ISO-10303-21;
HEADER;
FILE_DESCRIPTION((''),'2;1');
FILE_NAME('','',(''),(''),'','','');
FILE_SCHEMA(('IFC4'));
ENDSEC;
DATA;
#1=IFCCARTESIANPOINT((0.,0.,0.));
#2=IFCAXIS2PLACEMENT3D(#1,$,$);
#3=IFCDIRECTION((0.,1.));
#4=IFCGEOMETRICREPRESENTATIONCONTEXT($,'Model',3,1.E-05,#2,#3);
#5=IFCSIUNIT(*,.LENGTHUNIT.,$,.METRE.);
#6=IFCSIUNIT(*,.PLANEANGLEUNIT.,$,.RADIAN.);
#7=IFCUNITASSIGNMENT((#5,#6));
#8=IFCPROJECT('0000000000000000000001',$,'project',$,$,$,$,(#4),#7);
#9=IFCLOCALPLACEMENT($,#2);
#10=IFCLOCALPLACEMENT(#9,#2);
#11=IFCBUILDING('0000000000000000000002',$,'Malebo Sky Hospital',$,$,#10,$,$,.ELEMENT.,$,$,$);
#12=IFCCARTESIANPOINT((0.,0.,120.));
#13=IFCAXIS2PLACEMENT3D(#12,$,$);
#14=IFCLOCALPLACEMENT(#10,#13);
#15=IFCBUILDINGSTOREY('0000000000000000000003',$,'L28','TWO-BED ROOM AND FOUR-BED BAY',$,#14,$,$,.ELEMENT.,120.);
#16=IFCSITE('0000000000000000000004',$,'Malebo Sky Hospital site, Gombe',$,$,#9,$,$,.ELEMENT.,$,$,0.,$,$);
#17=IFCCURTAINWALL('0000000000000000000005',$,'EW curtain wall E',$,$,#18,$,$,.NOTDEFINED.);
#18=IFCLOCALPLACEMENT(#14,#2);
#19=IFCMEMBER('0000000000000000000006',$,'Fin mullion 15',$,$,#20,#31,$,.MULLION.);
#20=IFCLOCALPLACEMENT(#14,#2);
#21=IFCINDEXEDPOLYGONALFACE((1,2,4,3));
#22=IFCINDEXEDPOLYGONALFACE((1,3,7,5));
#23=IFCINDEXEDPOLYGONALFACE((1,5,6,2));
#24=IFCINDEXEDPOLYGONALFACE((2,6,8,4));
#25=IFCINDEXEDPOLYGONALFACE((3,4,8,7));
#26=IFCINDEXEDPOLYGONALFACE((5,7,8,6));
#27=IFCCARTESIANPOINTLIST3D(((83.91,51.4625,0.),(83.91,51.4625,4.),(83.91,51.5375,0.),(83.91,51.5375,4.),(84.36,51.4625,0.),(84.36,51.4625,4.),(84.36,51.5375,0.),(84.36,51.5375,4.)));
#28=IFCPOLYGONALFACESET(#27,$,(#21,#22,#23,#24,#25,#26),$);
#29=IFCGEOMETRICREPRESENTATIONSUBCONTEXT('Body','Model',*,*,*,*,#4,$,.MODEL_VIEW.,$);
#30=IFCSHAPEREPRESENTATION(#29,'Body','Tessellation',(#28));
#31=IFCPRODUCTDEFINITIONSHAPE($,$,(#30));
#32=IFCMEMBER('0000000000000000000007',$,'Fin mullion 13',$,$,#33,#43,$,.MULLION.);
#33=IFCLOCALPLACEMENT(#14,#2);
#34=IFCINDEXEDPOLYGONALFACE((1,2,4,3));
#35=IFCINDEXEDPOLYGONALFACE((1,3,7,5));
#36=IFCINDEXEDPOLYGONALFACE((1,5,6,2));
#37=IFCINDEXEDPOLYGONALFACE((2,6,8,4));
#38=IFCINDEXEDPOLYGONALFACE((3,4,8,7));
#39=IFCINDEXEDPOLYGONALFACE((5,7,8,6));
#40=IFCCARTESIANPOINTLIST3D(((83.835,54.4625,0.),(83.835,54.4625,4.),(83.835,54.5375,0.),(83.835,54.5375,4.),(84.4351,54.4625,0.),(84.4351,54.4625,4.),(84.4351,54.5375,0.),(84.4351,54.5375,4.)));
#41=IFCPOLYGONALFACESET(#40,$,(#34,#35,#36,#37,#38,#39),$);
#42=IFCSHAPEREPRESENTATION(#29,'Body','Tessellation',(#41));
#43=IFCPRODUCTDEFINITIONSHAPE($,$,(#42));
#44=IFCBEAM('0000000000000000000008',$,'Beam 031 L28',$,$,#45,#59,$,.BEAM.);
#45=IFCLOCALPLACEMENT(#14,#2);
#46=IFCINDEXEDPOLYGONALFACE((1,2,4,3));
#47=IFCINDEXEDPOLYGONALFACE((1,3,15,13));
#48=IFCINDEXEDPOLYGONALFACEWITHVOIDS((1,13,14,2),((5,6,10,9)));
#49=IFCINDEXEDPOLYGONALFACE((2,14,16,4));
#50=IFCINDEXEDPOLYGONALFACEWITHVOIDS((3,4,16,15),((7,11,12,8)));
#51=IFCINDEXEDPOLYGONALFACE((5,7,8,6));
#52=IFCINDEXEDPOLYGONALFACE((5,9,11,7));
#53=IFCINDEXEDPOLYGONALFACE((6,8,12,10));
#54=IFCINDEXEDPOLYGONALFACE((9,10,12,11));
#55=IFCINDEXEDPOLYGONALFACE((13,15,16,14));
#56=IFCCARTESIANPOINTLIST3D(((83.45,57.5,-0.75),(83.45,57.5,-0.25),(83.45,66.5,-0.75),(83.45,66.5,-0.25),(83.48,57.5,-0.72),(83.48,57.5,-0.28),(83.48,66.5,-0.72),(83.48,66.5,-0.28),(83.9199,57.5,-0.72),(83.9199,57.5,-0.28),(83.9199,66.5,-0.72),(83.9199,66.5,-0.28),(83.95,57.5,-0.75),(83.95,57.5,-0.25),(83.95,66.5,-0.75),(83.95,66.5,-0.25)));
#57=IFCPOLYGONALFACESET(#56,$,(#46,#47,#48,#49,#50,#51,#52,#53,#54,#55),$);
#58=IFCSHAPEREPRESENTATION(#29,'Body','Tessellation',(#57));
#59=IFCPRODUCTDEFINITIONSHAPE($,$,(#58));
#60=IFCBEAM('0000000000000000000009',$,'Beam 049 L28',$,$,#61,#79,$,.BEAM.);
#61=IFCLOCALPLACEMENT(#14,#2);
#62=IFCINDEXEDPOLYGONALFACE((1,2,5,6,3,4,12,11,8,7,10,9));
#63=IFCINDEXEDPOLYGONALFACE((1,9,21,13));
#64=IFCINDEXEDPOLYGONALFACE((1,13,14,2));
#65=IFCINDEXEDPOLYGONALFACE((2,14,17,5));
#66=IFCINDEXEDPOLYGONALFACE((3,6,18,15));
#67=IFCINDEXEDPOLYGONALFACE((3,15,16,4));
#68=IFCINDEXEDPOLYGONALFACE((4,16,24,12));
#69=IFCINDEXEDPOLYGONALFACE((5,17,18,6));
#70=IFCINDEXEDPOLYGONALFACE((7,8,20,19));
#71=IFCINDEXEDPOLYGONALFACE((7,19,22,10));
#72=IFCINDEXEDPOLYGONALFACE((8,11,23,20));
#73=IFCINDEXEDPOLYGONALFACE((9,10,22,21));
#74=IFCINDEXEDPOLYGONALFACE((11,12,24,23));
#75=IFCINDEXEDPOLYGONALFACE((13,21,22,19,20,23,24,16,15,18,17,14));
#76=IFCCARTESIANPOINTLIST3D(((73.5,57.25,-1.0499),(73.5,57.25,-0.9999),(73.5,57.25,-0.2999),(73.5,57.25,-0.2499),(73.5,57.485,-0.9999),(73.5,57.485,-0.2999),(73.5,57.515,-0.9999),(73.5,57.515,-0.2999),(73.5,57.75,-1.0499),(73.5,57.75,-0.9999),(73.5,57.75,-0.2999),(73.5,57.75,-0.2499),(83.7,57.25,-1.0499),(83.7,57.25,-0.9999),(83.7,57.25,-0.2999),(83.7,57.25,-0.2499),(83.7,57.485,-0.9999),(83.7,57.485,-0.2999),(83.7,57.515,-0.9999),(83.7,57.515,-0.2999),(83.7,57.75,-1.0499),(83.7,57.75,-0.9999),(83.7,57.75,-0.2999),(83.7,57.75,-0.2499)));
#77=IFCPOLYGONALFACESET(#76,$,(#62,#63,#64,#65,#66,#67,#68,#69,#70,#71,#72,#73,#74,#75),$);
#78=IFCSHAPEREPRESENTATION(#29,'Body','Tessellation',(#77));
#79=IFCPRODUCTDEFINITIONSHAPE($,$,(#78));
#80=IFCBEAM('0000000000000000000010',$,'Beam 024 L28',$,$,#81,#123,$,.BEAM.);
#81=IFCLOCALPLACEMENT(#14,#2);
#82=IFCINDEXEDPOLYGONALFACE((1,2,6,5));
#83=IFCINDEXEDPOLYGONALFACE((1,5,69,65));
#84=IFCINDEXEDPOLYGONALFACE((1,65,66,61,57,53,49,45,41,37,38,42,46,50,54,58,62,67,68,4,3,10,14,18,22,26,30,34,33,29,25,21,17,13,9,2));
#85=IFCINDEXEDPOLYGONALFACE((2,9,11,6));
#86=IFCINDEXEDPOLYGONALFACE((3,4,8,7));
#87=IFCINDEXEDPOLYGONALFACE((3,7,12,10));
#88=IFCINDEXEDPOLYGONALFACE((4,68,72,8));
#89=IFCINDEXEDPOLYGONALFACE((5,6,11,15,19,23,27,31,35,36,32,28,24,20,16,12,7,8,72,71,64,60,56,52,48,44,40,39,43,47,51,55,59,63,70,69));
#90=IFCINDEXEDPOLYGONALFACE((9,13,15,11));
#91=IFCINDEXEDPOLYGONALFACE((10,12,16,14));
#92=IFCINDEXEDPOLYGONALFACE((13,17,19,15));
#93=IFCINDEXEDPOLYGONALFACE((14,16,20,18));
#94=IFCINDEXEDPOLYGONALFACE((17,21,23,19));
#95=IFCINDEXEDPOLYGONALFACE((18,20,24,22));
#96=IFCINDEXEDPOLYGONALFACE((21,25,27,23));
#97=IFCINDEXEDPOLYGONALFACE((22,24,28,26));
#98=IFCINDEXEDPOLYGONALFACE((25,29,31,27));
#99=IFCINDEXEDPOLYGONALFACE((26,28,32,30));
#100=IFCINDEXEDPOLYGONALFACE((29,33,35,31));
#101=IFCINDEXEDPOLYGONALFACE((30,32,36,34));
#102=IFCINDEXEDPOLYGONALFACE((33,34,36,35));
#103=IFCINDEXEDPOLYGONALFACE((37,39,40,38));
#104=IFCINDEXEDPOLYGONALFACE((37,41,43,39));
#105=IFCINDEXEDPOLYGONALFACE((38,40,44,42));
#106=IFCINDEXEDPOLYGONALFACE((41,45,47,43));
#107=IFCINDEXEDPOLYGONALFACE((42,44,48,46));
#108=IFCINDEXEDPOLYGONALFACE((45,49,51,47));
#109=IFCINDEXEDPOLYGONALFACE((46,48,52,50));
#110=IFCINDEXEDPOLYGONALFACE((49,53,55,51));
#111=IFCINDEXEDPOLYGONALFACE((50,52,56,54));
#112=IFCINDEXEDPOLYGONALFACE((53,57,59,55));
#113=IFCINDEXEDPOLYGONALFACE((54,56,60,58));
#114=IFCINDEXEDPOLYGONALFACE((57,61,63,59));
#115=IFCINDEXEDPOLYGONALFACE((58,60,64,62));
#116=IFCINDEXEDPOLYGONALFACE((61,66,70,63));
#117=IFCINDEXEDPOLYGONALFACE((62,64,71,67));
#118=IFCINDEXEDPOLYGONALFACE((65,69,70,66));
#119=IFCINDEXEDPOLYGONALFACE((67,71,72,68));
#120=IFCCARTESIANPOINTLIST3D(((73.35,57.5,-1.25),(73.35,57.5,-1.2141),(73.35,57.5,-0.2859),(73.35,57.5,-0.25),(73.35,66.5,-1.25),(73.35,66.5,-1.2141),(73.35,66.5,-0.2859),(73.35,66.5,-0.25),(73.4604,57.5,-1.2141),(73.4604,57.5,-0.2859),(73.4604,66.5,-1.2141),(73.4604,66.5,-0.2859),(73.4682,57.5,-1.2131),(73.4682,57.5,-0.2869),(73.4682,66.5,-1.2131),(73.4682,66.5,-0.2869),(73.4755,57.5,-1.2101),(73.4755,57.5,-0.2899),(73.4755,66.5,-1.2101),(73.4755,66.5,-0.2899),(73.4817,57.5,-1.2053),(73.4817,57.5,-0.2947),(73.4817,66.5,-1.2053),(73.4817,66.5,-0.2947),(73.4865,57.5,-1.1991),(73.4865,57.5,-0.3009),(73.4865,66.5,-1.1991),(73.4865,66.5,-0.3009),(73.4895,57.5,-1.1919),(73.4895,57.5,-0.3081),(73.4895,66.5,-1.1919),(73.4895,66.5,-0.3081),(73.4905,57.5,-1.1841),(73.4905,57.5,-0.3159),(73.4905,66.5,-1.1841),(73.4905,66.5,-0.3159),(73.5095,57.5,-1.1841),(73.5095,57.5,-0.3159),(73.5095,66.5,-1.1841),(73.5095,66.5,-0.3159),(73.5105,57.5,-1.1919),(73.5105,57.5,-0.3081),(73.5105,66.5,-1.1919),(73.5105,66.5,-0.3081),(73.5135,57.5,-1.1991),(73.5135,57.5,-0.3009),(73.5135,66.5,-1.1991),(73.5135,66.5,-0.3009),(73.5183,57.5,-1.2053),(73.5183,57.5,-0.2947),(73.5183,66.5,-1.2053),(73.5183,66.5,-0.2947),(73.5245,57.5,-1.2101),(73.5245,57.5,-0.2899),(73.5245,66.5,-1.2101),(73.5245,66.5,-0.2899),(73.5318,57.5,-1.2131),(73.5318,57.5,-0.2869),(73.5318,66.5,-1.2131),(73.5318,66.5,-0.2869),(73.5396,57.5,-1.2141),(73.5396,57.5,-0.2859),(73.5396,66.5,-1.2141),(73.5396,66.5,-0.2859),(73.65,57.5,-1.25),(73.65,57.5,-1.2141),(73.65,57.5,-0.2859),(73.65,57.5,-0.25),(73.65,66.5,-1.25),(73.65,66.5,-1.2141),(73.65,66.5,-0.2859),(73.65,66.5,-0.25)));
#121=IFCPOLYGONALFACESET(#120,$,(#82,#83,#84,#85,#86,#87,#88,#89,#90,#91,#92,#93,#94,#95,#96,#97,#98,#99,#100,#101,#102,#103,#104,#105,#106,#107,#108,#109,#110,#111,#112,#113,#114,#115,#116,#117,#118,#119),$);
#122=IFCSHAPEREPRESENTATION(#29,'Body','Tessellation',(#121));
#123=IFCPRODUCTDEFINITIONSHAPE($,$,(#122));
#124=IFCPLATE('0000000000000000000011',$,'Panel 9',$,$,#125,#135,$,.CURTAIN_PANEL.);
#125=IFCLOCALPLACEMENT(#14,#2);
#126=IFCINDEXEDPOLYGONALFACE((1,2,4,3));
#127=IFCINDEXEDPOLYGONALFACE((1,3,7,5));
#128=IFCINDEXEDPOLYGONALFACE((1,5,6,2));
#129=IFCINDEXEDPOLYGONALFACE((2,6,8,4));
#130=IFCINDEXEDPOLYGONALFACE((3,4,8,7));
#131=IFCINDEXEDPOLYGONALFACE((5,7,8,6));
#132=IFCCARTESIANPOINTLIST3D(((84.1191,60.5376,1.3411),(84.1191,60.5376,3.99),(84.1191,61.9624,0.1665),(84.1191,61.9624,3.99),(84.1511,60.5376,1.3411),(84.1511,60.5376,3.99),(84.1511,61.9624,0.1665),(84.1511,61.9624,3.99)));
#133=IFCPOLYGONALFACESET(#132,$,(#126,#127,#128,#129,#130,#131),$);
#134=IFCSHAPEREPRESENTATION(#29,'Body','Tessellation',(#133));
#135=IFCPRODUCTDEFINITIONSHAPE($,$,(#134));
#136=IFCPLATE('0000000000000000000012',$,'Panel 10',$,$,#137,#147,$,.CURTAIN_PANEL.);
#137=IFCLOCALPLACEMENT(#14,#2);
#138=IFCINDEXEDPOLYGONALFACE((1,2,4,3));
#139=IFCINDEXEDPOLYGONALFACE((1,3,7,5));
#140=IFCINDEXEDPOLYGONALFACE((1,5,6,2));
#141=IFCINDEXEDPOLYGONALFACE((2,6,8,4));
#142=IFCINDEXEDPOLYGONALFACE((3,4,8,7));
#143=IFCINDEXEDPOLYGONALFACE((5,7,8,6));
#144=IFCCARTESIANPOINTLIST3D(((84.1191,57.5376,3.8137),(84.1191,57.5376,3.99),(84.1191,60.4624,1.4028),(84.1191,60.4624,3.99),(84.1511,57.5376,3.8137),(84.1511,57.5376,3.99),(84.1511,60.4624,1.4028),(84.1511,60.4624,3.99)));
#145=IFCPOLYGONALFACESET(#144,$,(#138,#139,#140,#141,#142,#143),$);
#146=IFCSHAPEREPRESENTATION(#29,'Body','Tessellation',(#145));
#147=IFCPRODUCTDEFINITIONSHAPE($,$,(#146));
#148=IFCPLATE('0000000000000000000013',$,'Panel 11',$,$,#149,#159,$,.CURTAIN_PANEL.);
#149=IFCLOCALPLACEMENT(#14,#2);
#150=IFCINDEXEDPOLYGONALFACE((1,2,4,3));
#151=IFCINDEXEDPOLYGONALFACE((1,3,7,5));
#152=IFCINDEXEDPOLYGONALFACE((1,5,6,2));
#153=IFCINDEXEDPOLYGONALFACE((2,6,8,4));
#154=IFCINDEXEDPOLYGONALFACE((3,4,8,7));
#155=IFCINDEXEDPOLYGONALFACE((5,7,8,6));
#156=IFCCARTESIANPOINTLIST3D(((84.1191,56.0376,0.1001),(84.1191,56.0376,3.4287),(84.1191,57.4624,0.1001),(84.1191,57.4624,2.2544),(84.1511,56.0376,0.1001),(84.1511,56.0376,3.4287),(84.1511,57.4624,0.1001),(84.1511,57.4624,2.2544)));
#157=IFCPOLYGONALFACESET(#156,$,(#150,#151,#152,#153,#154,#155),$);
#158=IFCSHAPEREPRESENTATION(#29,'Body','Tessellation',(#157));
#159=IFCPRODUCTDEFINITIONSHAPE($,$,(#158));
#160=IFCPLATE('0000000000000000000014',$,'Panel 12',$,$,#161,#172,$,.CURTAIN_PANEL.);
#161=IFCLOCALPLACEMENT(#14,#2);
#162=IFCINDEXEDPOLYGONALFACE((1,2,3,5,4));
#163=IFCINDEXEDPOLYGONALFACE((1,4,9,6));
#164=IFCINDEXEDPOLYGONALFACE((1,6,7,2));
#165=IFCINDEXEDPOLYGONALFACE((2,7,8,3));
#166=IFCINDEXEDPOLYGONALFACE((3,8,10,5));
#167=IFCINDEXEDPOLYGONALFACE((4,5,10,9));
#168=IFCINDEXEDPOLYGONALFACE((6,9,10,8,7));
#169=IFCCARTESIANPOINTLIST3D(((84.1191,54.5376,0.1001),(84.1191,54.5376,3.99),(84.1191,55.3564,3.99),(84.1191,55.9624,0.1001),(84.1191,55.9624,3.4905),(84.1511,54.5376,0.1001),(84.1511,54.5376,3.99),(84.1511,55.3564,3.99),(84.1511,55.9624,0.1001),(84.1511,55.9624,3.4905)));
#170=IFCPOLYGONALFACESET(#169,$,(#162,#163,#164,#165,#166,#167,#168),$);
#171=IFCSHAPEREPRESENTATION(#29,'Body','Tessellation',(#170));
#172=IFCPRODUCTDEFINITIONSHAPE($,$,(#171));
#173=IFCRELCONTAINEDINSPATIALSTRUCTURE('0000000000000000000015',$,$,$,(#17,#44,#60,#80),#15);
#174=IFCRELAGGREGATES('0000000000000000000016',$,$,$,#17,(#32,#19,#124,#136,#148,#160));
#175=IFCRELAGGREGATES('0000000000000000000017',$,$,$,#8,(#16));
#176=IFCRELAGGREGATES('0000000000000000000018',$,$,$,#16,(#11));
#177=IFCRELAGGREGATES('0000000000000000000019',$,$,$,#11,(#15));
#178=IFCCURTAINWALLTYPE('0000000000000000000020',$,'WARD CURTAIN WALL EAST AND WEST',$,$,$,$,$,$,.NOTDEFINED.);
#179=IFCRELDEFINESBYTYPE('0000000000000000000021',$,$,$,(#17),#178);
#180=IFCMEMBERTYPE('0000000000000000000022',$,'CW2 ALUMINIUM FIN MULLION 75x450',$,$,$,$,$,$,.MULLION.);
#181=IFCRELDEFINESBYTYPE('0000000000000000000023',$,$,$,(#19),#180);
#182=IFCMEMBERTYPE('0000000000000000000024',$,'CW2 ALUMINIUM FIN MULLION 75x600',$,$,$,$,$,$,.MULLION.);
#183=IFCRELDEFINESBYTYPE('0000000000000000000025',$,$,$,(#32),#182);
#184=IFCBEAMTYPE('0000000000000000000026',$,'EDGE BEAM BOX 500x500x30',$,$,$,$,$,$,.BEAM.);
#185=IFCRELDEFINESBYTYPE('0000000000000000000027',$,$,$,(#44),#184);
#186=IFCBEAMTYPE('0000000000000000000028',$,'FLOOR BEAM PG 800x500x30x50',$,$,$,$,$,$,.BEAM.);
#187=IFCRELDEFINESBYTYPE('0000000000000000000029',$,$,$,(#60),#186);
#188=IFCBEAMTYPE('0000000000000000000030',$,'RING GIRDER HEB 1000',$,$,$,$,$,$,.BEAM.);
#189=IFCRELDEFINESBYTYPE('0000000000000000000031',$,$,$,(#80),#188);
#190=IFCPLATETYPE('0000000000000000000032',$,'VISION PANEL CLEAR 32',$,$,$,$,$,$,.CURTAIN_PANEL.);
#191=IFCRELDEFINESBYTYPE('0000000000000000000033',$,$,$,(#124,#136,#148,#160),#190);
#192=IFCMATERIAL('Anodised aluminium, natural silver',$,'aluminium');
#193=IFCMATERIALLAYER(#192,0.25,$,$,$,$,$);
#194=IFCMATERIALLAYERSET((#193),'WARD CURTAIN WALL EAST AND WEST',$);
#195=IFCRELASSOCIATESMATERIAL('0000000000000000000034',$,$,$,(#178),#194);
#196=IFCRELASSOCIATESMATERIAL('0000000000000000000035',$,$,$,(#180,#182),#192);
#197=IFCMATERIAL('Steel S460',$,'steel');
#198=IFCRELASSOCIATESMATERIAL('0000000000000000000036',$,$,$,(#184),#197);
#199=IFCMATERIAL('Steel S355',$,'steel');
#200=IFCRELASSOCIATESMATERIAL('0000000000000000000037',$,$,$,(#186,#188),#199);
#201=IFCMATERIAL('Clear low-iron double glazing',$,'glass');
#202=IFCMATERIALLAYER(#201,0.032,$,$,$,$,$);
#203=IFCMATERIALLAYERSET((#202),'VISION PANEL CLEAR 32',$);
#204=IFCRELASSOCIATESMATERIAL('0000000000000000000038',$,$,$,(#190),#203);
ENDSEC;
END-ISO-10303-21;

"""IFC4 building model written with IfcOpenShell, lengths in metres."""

from ifc_helpers import new_model, si_unit, direction, frame, origin, origin_2d, place, context, subcontext, project, spatial, polyline, rectangle, hollow_rectangle, i_section, outline, extrude, material, layer, layer_set, material_profile, profile_set, type_object, element, aggregate, save


model = new_model("IFC4")

# Units and contexts
model_context = context("Model", 3, precision=1e-05, world=origin(), true_north=direction((0.0, 1.0)))
body_context = subcontext(model_context, "Body", "Model", "MODEL_VIEW")
ifc_project = project(units=[si_unit("LENGTHUNIT", "METRE"), si_unit("PLANEANGLEUNIT", "RADIAN")], contexts=[model_context])

# Site, building, storey
site_placement = place(None, origin())
site = spatial("IfcSite", under=ifc_project, at=site_placement, Name="Malebo Sky Hospital site, Gombe", CompositionType="ELEMENT", RefElevation=0.0)
building_placement = place(site_placement, origin())
building = spatial("IfcBuilding", under=site, at=building_placement, Name="Malebo Sky Hospital", CompositionType="ELEMENT")
storey_placement = place(building_placement, frame((0.0, 0.0, 120.0)))
storey = spatial("IfcBuildingStorey", under=building, at=storey_placement, Name="L28", Description="TWO-BED ROOM AND FOUR-BED BAY", CompositionType="ELEMENT", Elevation=120.0)

# Shared definitions
ifc_material_1 = material(Name="Steel S460", Category="steel")

# Curtain wall
ifc_material_2 = material(Name="Anodised aluminium, natural silver", Category="aluminium")
ifc_layer_1 = layer(ifc_material_2, 0.25)
ifc_layer_set_1 = layer_set([ifc_layer_1], Name="WARD CURTAIN WALL EAST AND WEST")
curtain_wall_type = type_object("IfcCurtainWallType", Name="WARD CURTAIN WALL EAST AND WEST", PredefinedType="NOTDEFINED", material=ifc_layer_set_1)
curtain_wall_placement = place(storey_placement, origin())
curtain_wall = element("IfcCurtainWall", 1, at=curtain_wall_placement, inside=storey, type_object=curtain_wall_type, Name="EW curtain wall E", PredefinedType="NOTDEFINED")

# Members
ifc_material_3 = material(Name="Steel S355", Category="steel")
ifc_material_profile_1 = material_profile(ifc_material_2, rectangle(XDim=0.075, YDim=0.45, at=origin_2d()), Name="CW2 ALUMINIUM FIN MULLION 75x450")
ifc_profile_set_1 = profile_set([ifc_material_profile_1], Name="Anodised aluminium, natural silver")
member_type_1 = type_object("IfcMemberType", Name="CW2 ALUMINIUM FIN MULLION 75x450", PredefinedType="MULLION", material=ifc_profile_set_1)
member_1_placement = place(storey_placement, frame((84.135, 51.5, 0.0), z_axis=(0.0, 0.0, 1.0), x_axis=(0.0, -1.0, 0.0)))
member_1 = element("IfcMember", 2, at=member_1_placement, type_object=member_type_1, Name="Fin mullion 15", PredefinedType="MULLION", context=body_context, shape_type="SweptSolid", body=[
    extrude(rectangle(XDim=0.075, YDim=0.45, at=origin_2d()), origin(), (0.0, 0.0, 1.0), 4.0),
])
ifc_material_profile_2 = material_profile(ifc_material_2, rectangle(XDim=0.075, YDim=0.6001, at=origin_2d()), Name="CW2 ALUMINIUM FIN MULLION 75x600")
ifc_profile_set_2 = profile_set([ifc_material_profile_2], Name="Anodised aluminium, natural silver")
member_type_2 = type_object("IfcMemberType", Name="CW2 ALUMINIUM FIN MULLION 75x600", PredefinedType="MULLION", material=ifc_profile_set_2)
member_2_placement = place(storey_placement, frame((84.135, 54.5, 0.0), z_axis=(0.0, 0.0, 1.0), x_axis=(0.0, -1.0, 0.0)))
member_2 = element("IfcMember", 3, at=member_2_placement, type_object=member_type_2, Name="Fin mullion 13", PredefinedType="MULLION", context=body_context, shape_type="SweptSolid", body=[
    extrude(rectangle(XDim=0.075, YDim=0.6001, at=origin_2d()), origin(), (0.0, 0.0, 1.0), 4.0),
])

# Beams
ifc_material_profile_3 = material_profile(ifc_material_1, hollow_rectangle(XDim=0.5, YDim=0.5, WallThickness=0.03, at=origin_2d()), Name="BOX 500x500x30")
ifc_profile_set_3 = profile_set([ifc_material_profile_3], Name="Steel S460")
beam_type_1 = type_object("IfcBeamType", Name="EDGE BEAM BOX 500x500x30", PredefinedType="BEAM", material=ifc_profile_set_3)
beam_1_placement = place(storey_placement, frame((83.7, 57.5, -0.5), z_axis=(0.0, 1.0, 0.0), x_axis=(-1.0, 0.0, 0.0)))
element("IfcBeam", 4, at=beam_1_placement, inside=storey, type_object=beam_type_1, Name="Beam 031 L28", PredefinedType="BEAM", context=body_context, shape_type="SweptSolid", body=[
    extrude(hollow_rectangle(XDim=0.5, YDim=0.5, WallThickness=0.03, at=origin_2d()), origin(), (0.0, 0.0, 1.0), 9.0),
])
ifc_material_profile_4 = material_profile(ifc_material_3, i_section(OverallWidth=0.5, OverallDepth=0.8, WebThickness=0.03, FlangeThickness=0.05, at=origin_2d()), Name="PG 800x500x30x50")
ifc_profile_set_4 = profile_set([ifc_material_profile_4], Name="Steel S355")
beam_type_2 = type_object("IfcBeamType", Name="FLOOR BEAM PG 800x500x30x50", PredefinedType="BEAM", material=ifc_profile_set_4)
beam_2_placement = place(storey_placement, frame((73.5, 57.5, -0.6499), z_axis=(1.0, 0.0, 0.0), x_axis=(0.0, 1.0, 0.0)))
element("IfcBeam", 5, at=beam_2_placement, inside=storey, type_object=beam_type_2, Name="Beam 049 L28", PredefinedType="BEAM", context=body_context, shape_type="SweptSolid", body=[
    extrude(i_section(OverallWidth=0.5, OverallDepth=0.8, WebThickness=0.03, FlangeThickness=0.05, at=origin_2d()), origin(), (0.0, 0.0, 1.0), 10.2),
])
ifc_material_profile_5 = material_profile(ifc_material_3, i_section(OverallWidth=0.3, OverallDepth=1.0, WebThickness=0.019, FlangeThickness=0.0359, FilletRadius=0.03, at=origin_2d()), Name="HEB 1000")
ifc_profile_set_5 = profile_set([ifc_material_profile_5], Name="Steel S355")
beam_type_3 = type_object("IfcBeamType", Name="RING GIRDER HEB 1000", PredefinedType="BEAM", material=ifc_profile_set_5)
beam_3_placement = place(storey_placement, frame((73.5, 57.5, -0.75), z_axis=(0.0, 1.0, 0.0), x_axis=(-1.0, 0.0, 0.0)))
element("IfcBeam", 6, at=beam_3_placement, inside=storey, type_object=beam_type_3, Name="Beam 024 L28", PredefinedType="BEAM", context=body_context, shape_type="SweptSolid", body=[
    extrude(i_section(OverallWidth=0.3, OverallDepth=1.0, WebThickness=0.019, FlangeThickness=0.0359, FilletRadius=0.03, at=origin_2d()), origin(), (0.0, 0.0, 1.0), 9.0),
])

# Plates
ifc_material_4 = material(Name="Clear low-iron double glazing", Category="glass")
ifc_layer_2 = layer(ifc_material_4, 0.032)
ifc_layer_set_2 = layer_set([ifc_layer_2], Name="VISION PANEL CLEAR 32")
plate_type = type_object("IfcPlateType", Name="VISION PANEL CLEAR 32", PredefinedType="CURTAIN_PANEL", material=ifc_layer_set_2)
plate_1_placement = place(storey_placement, frame((84.135, 61.25, 0.1665), z_axis=(0.0, 0.0, 1.0), x_axis=(0.0, -1.0, 0.0)))
plate_1 = element("IfcPlate", 7, at=plate_1_placement, type_object=plate_type, Name="Panel 9", PredefinedType="CURTAIN_PANEL", context=body_context, shape_type="SweptSolid", body=[
    extrude(outline(polyline([(-0.7124, 0.0), (0.7124, 1.1746), (0.7124, 3.8235), (-0.7124, 3.8235), (-0.7124, 0.0)])), frame((0.0, 0.0161, 0.0), z_axis=(0.0, -1.0, 0.0), x_axis=(1.0, 0.0, 0.0)), (0.0, 0.0, 1.0), 0.032),
])
plate_2_placement = place(storey_placement, frame((84.135, 59.0, 1.4028), z_axis=(0.0, 0.0, 1.0), x_axis=(0.0, -1.0, 0.0)))
plate_2 = element("IfcPlate", 8, at=plate_2_placement, type_object=plate_type, Name="Panel 10", PredefinedType="CURTAIN_PANEL", context=body_context, shape_type="SweptSolid", body=[
    extrude(outline(polyline([(-1.4624, 0.0), (1.4624, 2.4109), (1.4624, 2.5872), (-1.4624, 2.5872), (-1.4624, 0.0)])), frame((0.0, 0.0161, 0.0), z_axis=(0.0, -1.0, 0.0), x_axis=(1.0, 0.0, 0.0)), (0.0, 0.0, 1.0), 0.032),
])
plate_3_placement = place(storey_placement, frame((84.135, 56.75, 0.1001), z_axis=(0.0, 0.0, 1.0), x_axis=(0.0, -1.0, 0.0)))
plate_3 = element("IfcPlate", 9, at=plate_3_placement, type_object=plate_type, Name="Panel 11", PredefinedType="CURTAIN_PANEL", context=body_context, shape_type="SweptSolid", body=[
    extrude(outline(polyline([(-0.7124, 0.0), (0.7124, 0.0), (0.7124, 3.3286), (-0.7124, 2.1543), (-0.7124, 0.0)])), frame((0.0, 0.0161, 0.0), z_axis=(0.0, -1.0, 0.0), x_axis=(1.0, 0.0, 0.0)), (0.0, 0.0, 1.0), 0.032),
])
plate_4_placement = place(storey_placement, frame((84.135, 55.25, 0.1001), z_axis=(0.0, 0.0, 1.0), x_axis=(0.0, -1.0, 0.0)))
plate_4 = element("IfcPlate", 10, at=plate_4_placement, type_object=plate_type, Name="Panel 12", PredefinedType="CURTAIN_PANEL", context=body_context, shape_type="SweptSolid", body=[
    extrude(outline(polyline([(-0.7124, 0.0), (0.7124, 0.0), (0.7124, 3.8899), (-0.1064, 3.8899), (-0.7124, 3.3904), (-0.7124, 0.0)])), frame((0.0, 0.0161, 0.0), z_axis=(0.0, -1.0, 0.0), x_axis=(1.0, 0.0, 0.0)), (0.0, 0.0, 1.0), 0.032),
])
aggregate(curtain_wall, [member_2, member_1, plate_1, plate_2, plate_3, plate_4])

save(model, "model.ifc")
